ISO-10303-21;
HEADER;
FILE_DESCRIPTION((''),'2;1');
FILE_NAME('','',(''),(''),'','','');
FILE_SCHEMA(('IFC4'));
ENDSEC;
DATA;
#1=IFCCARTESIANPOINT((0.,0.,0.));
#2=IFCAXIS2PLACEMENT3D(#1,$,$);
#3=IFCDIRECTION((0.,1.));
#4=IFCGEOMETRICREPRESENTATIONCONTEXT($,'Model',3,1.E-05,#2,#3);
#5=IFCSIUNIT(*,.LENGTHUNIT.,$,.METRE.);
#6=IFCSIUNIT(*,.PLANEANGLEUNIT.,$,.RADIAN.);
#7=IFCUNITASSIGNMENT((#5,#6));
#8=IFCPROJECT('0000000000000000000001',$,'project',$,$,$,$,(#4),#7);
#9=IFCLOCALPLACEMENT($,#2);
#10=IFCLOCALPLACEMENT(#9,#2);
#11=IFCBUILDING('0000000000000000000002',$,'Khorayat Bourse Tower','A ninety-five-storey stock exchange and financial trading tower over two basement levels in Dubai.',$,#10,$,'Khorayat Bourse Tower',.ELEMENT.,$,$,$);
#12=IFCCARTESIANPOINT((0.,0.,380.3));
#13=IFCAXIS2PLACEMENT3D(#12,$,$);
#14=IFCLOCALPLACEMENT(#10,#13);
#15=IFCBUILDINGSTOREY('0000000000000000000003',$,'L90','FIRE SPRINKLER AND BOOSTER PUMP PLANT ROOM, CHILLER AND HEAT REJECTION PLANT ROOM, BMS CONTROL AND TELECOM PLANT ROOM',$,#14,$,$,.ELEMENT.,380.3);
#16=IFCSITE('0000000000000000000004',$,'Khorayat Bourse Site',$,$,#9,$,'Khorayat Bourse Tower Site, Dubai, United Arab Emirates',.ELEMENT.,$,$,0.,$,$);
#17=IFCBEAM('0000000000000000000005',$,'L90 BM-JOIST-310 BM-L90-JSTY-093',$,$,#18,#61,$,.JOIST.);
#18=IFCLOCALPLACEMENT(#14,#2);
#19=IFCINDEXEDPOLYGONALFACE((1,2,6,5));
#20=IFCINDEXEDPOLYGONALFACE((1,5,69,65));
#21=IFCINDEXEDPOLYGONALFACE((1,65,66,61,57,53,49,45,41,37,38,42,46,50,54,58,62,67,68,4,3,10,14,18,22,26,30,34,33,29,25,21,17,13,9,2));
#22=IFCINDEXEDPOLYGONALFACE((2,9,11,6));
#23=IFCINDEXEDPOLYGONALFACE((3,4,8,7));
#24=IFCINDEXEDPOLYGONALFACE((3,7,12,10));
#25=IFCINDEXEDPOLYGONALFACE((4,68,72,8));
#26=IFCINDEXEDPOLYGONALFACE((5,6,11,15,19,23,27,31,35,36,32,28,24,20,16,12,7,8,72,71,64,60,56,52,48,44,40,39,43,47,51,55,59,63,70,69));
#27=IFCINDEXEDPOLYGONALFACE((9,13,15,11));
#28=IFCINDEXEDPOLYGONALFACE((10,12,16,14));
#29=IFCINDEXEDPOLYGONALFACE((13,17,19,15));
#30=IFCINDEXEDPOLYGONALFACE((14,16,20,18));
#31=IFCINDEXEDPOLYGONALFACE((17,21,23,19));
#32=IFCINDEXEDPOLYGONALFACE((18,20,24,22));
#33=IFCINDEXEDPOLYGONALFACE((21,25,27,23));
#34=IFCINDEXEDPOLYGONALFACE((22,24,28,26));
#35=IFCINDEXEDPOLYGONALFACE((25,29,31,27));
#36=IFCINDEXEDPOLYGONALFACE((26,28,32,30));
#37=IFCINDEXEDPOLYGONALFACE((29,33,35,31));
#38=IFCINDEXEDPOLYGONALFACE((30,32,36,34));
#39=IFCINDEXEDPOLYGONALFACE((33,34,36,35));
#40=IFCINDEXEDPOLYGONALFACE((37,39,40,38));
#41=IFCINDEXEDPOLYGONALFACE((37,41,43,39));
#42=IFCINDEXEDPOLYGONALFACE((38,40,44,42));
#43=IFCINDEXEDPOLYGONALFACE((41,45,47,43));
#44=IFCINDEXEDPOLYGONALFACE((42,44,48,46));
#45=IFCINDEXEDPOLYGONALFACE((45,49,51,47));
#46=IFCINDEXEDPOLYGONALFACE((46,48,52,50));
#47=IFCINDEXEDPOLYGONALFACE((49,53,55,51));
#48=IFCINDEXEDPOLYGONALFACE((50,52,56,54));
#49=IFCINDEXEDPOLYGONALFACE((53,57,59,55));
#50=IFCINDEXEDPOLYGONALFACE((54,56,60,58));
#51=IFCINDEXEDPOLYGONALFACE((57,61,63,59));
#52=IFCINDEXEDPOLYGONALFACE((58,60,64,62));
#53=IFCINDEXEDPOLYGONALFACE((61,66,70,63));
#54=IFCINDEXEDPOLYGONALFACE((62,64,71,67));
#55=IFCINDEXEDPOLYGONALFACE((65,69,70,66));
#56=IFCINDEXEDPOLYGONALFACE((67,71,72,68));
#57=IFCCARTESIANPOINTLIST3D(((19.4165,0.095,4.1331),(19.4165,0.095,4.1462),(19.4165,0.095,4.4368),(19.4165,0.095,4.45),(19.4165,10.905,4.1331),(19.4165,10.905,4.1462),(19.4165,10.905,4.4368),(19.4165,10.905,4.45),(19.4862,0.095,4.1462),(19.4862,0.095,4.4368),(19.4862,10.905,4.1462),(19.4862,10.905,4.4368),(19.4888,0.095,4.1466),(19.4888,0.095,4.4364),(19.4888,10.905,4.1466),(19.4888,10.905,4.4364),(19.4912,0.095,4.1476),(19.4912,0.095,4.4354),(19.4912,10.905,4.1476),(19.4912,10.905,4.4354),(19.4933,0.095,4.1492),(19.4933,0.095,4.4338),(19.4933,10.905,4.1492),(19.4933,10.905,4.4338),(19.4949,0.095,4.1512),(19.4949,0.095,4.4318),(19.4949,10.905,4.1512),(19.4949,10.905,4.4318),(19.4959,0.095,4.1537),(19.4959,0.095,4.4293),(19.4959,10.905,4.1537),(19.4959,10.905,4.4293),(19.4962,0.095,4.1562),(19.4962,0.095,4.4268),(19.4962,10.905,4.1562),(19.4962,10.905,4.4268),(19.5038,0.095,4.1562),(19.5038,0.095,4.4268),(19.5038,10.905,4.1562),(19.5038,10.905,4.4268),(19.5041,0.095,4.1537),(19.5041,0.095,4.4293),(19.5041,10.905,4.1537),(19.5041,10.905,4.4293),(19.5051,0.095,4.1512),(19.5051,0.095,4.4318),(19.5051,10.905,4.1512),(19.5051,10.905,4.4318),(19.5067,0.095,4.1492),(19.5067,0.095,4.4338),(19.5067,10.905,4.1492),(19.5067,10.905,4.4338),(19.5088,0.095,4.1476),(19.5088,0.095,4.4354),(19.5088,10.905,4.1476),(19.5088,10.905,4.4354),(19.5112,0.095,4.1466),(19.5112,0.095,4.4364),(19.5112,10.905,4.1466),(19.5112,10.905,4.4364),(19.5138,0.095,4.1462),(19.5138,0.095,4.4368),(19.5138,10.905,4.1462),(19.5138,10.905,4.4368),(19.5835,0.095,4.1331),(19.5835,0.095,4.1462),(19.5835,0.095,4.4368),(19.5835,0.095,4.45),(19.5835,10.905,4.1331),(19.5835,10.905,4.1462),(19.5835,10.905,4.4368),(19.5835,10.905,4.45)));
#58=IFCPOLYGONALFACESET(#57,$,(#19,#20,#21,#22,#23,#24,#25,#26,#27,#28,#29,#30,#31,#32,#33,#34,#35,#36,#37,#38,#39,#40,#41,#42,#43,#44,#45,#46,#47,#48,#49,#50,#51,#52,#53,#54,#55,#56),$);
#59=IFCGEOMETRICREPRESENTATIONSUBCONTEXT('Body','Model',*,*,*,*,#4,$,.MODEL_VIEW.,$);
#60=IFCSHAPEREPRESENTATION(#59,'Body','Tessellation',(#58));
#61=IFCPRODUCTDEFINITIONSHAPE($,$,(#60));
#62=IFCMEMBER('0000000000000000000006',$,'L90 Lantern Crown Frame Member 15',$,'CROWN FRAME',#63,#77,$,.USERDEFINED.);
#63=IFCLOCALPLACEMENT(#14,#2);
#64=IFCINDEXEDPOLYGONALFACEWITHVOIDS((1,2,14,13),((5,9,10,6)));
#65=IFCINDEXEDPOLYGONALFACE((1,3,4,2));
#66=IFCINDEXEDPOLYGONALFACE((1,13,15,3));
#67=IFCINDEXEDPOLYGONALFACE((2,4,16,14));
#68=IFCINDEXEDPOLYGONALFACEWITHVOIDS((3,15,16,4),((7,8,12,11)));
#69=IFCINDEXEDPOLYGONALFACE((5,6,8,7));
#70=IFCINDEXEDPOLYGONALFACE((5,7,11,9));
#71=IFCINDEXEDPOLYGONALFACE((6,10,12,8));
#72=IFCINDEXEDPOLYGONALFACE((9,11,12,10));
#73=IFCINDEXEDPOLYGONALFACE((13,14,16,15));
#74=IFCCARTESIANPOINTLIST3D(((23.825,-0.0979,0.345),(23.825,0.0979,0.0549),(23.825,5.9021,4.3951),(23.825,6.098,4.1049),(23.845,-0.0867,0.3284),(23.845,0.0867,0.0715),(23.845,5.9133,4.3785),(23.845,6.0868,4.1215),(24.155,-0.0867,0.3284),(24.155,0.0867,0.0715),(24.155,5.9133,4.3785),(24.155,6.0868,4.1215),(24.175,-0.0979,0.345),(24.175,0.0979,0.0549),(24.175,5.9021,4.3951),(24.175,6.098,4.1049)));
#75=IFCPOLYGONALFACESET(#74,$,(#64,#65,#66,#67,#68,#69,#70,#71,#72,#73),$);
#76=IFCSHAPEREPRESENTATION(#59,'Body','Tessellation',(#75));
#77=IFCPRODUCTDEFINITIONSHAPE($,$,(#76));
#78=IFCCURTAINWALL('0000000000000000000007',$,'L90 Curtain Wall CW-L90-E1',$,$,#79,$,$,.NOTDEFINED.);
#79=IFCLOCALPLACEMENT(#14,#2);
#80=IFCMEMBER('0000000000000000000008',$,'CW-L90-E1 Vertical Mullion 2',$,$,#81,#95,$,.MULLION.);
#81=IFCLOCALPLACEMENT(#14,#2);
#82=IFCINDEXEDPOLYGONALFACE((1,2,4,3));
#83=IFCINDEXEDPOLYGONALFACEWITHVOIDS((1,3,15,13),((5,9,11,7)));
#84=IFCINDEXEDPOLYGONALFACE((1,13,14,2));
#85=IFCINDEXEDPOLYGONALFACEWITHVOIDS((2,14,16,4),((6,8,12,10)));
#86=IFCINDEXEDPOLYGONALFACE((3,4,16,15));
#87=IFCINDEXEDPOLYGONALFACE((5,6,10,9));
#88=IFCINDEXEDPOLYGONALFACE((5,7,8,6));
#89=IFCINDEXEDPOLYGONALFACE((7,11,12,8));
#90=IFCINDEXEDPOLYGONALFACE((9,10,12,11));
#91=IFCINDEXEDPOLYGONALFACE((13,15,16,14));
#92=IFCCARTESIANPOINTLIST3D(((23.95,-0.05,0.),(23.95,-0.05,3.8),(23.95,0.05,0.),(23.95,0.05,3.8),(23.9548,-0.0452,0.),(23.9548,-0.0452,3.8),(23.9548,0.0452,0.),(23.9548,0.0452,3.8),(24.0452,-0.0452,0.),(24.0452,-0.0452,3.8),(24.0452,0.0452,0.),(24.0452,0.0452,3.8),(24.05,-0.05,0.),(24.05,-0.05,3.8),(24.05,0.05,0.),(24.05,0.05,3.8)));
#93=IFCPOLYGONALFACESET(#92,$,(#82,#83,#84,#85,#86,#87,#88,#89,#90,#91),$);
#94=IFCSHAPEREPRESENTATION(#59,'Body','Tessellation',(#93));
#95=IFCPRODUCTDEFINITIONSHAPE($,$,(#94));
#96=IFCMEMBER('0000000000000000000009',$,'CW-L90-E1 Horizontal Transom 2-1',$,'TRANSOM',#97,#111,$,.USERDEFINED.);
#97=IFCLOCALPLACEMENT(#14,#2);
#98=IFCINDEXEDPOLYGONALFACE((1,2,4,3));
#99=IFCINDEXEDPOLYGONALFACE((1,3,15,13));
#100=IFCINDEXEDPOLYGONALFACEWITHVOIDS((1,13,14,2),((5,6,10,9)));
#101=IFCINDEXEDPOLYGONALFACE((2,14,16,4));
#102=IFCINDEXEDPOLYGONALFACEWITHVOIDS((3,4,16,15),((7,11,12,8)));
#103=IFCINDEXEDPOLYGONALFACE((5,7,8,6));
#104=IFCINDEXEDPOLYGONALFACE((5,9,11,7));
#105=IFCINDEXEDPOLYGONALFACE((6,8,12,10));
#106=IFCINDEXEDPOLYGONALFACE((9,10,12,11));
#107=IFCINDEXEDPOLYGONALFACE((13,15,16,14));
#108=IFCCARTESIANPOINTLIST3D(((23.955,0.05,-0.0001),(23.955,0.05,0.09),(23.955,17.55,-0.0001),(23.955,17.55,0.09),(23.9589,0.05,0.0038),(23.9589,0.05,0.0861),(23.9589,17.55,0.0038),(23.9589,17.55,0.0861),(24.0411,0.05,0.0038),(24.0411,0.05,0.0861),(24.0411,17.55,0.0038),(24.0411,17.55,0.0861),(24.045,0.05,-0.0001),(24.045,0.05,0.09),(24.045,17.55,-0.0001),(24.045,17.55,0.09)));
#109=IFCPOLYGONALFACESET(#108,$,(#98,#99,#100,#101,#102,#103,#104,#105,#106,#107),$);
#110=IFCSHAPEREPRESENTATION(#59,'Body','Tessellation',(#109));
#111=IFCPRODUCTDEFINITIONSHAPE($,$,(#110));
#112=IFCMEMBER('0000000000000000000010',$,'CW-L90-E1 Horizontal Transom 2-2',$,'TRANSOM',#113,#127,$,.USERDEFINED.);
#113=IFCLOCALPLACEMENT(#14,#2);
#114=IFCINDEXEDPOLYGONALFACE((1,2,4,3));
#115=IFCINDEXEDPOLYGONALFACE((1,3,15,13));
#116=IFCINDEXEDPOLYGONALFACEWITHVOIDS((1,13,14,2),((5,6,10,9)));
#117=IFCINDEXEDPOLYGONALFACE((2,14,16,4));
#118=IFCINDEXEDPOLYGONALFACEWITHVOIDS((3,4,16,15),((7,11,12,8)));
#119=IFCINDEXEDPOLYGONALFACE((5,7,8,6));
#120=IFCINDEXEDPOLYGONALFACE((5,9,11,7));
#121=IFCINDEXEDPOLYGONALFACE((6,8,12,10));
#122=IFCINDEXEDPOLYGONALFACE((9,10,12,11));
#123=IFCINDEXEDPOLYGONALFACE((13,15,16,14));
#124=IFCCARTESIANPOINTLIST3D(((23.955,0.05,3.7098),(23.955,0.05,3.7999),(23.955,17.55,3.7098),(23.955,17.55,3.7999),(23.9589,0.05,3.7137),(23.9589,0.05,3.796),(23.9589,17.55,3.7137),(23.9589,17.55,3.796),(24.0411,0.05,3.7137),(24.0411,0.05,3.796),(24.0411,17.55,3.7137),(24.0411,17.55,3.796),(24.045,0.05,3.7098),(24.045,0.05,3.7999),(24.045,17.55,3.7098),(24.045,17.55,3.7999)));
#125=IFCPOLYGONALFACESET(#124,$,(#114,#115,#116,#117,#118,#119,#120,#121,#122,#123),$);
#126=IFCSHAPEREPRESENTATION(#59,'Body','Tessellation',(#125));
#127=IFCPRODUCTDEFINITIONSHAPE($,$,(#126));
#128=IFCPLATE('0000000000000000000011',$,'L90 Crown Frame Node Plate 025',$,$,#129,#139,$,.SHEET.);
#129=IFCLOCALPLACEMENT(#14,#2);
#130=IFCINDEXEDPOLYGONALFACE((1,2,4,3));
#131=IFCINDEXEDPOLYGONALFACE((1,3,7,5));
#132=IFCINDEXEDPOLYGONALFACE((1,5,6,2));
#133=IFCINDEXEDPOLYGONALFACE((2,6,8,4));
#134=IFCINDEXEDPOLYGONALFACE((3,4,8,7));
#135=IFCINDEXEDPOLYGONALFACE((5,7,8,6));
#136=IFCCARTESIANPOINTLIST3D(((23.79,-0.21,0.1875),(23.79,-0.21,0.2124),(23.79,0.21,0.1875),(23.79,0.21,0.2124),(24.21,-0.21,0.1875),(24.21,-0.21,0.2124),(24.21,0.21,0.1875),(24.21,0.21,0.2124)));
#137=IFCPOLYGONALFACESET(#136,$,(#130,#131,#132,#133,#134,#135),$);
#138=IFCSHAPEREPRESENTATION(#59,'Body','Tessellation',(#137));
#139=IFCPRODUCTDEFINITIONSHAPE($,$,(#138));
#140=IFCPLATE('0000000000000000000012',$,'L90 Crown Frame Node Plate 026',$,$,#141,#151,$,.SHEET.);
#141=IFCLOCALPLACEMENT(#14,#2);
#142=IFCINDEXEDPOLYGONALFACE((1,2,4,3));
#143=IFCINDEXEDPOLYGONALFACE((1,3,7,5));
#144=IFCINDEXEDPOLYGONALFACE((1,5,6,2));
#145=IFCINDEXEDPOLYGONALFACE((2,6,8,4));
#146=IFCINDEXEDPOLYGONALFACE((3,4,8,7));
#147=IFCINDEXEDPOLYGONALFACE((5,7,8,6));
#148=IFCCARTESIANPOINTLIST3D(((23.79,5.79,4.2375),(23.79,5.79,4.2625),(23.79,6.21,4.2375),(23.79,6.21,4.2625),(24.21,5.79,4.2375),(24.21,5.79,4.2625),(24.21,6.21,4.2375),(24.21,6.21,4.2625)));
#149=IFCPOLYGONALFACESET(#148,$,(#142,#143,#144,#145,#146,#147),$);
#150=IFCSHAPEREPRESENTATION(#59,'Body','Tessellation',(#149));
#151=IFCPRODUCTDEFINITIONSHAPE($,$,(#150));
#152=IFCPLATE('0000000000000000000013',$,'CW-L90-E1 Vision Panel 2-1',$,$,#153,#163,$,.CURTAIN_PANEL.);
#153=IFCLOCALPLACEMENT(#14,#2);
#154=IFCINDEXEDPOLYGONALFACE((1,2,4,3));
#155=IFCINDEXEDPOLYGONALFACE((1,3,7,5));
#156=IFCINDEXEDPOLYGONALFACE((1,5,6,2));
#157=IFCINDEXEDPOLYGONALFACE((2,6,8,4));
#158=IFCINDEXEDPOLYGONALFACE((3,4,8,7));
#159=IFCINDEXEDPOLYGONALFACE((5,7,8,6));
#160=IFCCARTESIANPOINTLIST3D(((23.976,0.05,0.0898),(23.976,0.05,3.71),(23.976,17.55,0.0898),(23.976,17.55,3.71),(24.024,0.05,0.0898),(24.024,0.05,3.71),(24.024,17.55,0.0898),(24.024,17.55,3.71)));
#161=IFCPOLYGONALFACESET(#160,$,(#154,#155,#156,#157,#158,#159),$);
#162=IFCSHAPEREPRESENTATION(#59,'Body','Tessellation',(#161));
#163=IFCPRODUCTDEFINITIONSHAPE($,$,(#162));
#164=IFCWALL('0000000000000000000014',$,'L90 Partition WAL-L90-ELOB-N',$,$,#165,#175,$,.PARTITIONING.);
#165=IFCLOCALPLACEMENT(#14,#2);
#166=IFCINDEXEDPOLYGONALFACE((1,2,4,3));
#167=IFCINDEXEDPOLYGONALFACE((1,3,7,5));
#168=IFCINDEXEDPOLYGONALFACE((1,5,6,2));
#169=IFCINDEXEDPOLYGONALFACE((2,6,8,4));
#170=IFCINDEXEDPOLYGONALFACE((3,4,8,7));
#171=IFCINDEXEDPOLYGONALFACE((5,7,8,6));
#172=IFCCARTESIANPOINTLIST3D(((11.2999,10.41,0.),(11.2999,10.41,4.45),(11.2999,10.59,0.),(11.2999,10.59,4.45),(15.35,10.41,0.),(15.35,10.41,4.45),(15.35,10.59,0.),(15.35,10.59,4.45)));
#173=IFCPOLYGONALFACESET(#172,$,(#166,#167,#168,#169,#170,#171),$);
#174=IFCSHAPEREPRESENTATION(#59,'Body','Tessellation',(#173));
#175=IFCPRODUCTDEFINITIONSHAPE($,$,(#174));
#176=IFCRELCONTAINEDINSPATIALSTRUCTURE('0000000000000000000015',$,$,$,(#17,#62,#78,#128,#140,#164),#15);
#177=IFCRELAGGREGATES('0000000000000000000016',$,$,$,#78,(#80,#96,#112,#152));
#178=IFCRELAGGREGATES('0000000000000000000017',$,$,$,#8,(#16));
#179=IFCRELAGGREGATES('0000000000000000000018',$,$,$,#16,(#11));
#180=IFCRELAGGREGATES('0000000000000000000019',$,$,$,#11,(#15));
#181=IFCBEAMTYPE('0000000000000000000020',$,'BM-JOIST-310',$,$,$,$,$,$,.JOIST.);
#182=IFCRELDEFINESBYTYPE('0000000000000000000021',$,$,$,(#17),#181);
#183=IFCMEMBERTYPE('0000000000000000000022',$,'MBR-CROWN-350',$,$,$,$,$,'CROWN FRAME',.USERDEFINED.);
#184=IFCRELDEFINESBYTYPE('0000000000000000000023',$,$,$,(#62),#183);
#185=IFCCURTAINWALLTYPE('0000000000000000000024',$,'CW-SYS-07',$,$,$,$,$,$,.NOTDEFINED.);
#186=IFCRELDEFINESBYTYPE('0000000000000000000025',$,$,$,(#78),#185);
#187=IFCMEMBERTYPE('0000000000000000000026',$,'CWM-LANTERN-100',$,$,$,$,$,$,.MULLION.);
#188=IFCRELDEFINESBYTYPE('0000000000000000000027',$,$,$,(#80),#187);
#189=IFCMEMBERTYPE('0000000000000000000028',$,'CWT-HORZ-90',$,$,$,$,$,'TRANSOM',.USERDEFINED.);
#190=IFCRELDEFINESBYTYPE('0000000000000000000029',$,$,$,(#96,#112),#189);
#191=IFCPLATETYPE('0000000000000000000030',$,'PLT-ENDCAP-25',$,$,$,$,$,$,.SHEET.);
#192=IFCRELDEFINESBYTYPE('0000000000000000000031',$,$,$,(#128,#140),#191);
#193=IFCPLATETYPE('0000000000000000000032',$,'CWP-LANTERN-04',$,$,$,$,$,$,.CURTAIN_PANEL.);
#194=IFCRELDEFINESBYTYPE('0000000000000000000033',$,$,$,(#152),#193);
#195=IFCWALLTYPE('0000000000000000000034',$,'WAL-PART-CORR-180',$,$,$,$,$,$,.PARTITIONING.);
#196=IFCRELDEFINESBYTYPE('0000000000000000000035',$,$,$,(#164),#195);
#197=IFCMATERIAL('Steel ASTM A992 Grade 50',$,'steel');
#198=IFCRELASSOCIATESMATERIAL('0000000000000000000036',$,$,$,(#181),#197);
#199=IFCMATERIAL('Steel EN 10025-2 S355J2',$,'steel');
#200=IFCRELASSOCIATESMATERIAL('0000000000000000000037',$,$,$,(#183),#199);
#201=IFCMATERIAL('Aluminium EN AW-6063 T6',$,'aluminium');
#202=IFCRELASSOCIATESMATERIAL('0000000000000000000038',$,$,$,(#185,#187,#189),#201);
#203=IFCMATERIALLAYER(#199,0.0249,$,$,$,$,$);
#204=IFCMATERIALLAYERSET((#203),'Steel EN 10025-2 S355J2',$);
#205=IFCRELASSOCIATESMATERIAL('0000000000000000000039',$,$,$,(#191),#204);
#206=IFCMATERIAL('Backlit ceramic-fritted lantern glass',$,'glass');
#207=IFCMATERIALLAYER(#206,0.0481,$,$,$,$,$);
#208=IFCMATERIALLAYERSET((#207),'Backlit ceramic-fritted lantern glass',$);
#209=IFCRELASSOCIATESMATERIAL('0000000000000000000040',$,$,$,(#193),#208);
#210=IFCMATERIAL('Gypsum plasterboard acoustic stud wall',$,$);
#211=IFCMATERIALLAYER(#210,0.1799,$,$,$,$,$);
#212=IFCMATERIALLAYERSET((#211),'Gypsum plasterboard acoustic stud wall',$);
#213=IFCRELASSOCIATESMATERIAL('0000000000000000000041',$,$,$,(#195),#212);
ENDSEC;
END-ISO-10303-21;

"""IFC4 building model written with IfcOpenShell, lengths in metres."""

from ifc_helpers import new_model, si_unit, direction, frame, frame_2d, origin, origin_2d, place, context, subcontext, project, spatial, rectangle, hollow_rectangle, i_section, extrude, source, transform, mapped, material, layer, layer_set, material_profile, profile_set, type_object, element, aggregate, save


model = new_model("IFC4")

# Units and contexts
model_context = context("Model", 3, precision=1e-05, world=origin(), true_north=direction((0.0, 1.0)))
body_context = subcontext(model_context, "Body", "Model", "MODEL_VIEW")
ifc_project = project(units=[si_unit("LENGTHUNIT", "METRE"), si_unit("PLANEANGLEUNIT", "RADIAN")], contexts=[model_context])

# Site, building, storey
site_placement = place(None, origin())
site = spatial("IfcSite", under=ifc_project, at=site_placement, Name="Khorayat Bourse Site", LongName="Khorayat Bourse Tower Site, Dubai, United Arab Emirates", CompositionType="ELEMENT", RefElevation=0.0)
building_placement = place(site_placement, origin())
building = spatial("IfcBuilding", under=site, at=building_placement, Name="Khorayat Bourse Tower", Description="A ninety-five-storey stock exchange and financial trading tower over two basement levels in Dubai.", LongName="Khorayat Bourse Tower", CompositionType="ELEMENT")
storey_placement = place(building_placement, frame((0.0, 0.0, 380.3)))
storey = spatial("IfcBuildingStorey", under=building, at=storey_placement, Name="L90", Description="FIRE SPRINKLER AND BOOSTER PUMP PLANT ROOM, CHILLER AND HEAT REJECTION PLANT ROOM, BMS CONTROL AND TELECOM PLANT ROOM", CompositionType="ELEMENT", Elevation=380.3)

# Shared definitions
ifc_material_1 = material(Name="Steel EN 10025-2 S355J2", Category="steel")

# Beam
ifc_material_2 = material(Name="Steel ASTM A992 Grade 50", Category="steel")
ifc_material_profile_1 = material_profile(ifc_material_2, i_section(OverallWidth=0.167, OverallDepth=0.3169, WebThickness=0.0076, FlangeThickness=0.0132, FilletRadius=0.01, at=origin_2d()), Name="W310X52")
ifc_profile_set_1 = profile_set([ifc_material_profile_1], Name="Steel ASTM A992 Grade 50")
beam_type_1 = type_object("IfcBeamType", Name="BM-JOIST-310", PredefinedType="JOIST", material=ifc_profile_set_1)
shared_shape_1 = source(origin(), body_context, "Body", "SweptSolid", [
    extrude(i_section(OverallWidth=0.167, OverallDepth=0.3169, WebThickness=0.0076, FlangeThickness=0.0132, FilletRadius=0.01, at=origin_2d()), origin(), (0.0, 0.0, 1.0), 10.8101),
])
beam_1_placement = place(storey_placement, frame((19.5, 0.095, 4.2915), z_axis=(0.0, 1.0, 0.0), x_axis=(-1.0, 0.0, 0.0)))
element("IfcBeam", 1, at=beam_1_placement, inside=storey, type_object=beam_type_1, Name="L90 BM-JOIST-310 BM-L90-JSTY-093", PredefinedType="JOIST", context=body_context, shape_type="MappedRepresentation", body=[
    mapped(shared_shape_1, transform((0.0, 0.0, 0.0), scale=1.0)),
])

# Member
ifc_material_profile_2 = material_profile(ifc_material_1, hollow_rectangle(XDim=0.3501, YDim=0.3501, WallThickness=0.02, at=origin_2d()), Name="HSS 350x350x20")
ifc_profile_set_2 = profile_set([ifc_material_profile_2], Name="Steel EN 10025-2 S355J2")
member_type_1 = type_object("IfcMemberType", Name="MBR-CROWN-350", ElementType="CROWN FRAME", PredefinedType="USERDEFINED", material=ifc_profile_set_2)
shared_shape_2 = source(origin(), body_context, "Body", "SweptSolid", [
    extrude(hollow_rectangle(XDim=0.3501, YDim=0.3501, WallThickness=0.02, at=origin_2d()), origin(), (0.0, 0.0, 1.0), 7.239),
])
member_1_placement = place(storey_placement, frame((24.0, 0.0, 0.2), z_axis=(0.0, 0.828846, 0.559477), x_axis=(-1.0, 0.0, 0.0)))
element("IfcMember", 2, at=member_1_placement, inside=storey, type_object=member_type_1, Name="L90 Lantern Crown Frame Member 15", ObjectType="CROWN FRAME", PredefinedType="USERDEFINED", context=body_context, shape_type="MappedRepresentation", body=[
    mapped(shared_shape_2, transform((0.0, 0.0, 0.0), scale=1.0)),
])

# Curtain wall, members
ifc_material_3 = material(Name="Aluminium EN AW-6063 T6", Category="aluminium")
curtain_wall_type = type_object("IfcCurtainWallType", Name="CW-SYS-07", PredefinedType="NOTDEFINED", material=ifc_material_3)
curtain_wall_placement = place(storey_placement, origin())
curtain_wall = element("IfcCurtainWall", 3, at=curtain_wall_placement, inside=storey, type_object=curtain_wall_type, Name="L90 Curtain Wall CW-L90-E1", PredefinedType="NOTDEFINED")
ifc_material_profile_3 = material_profile(ifc_material_3, hollow_rectangle(XDim=0.1001, YDim=0.1001, WallThickness=0.0049, at=origin_2d()), Name="ALU 100x100x5")
ifc_profile_set_3 = profile_set([ifc_material_profile_3], Name="Aluminium EN AW-6063 T6")
member_type_2 = type_object("IfcMemberType", Name="CWM-LANTERN-100", PredefinedType="MULLION", material=ifc_profile_set_3)
shared_shape_3 = source(origin(), body_context, "Body", "SweptSolid", [
    extrude(hollow_rectangle(XDim=0.1001, YDim=0.1001, WallThickness=0.0049, at=origin_2d()), origin(), (0.0, 0.0, 1.0), 3.8),
])
member_2_placement = place(storey_placement, frame((24.0, 0.0, 0.0), z_axis=(0.0, 0.0, 1.0), x_axis=(-1.0, 0.0, 0.0)))
member_2 = element("IfcMember", 4, at=member_2_placement, type_object=member_type_2, Name="CW-L90-E1 Vertical Mullion 2", PredefinedType="MULLION", context=body_context, shape_type="MappedRepresentation", body=[
    mapped(shared_shape_3, transform((0.0, 0.0, 0.0), scale=1.0)),
])
ifc_material_profile_4 = material_profile(ifc_material_3, hollow_rectangle(XDim=0.0901, YDim=0.0901, WallThickness=0.0039, at=origin_2d()), Name="ALU 90x90x4")
ifc_profile_set_4 = profile_set([ifc_material_profile_4], Name="Aluminium EN AW-6063 T6")
member_type_3 = type_object("IfcMemberType", Name="CWT-HORZ-90", ElementType="TRANSOM", PredefinedType="USERDEFINED", material=ifc_profile_set_4)
shared_shape_4 = source(origin(), body_context, "Body", "SweptSolid", [
    extrude(hollow_rectangle(XDim=0.0901, YDim=0.0901, WallThickness=0.0039, at=origin_2d()), origin(), (0.0, 0.0, 1.0), 17.5),
])
member_3_placement = place(storey_placement, frame((24.0, 0.05, 0.0449), z_axis=(0.0, 1.0, 0.0), x_axis=(-1.0, 0.0, 0.0)))
member_3 = element("IfcMember", 5, at=member_3_placement, type_object=member_type_3, Name="CW-L90-E1 Horizontal Transom 2-1", ObjectType="TRANSOM", PredefinedType="USERDEFINED", context=body_context, shape_type="MappedRepresentation", body=[
    mapped(shared_shape_4, transform((0.0, 0.0, 0.0), scale=1.0)),
])
member_4_placement = place(storey_placement, frame((24.0, 0.05, 3.7549), z_axis=(0.0, 1.0, 0.0), x_axis=(-1.0, 0.0, 0.0)))
member_4 = element("IfcMember", 6, at=member_4_placement, type_object=member_type_3, Name="CW-L90-E1 Horizontal Transom 2-2", ObjectType="TRANSOM", PredefinedType="USERDEFINED", context=body_context, shape_type="MappedRepresentation", body=[
    mapped(shared_shape_4, transform((0.0, 0.0, 0.0), scale=1.0)),
])

# Plates
ifc_layer_1 = layer(ifc_material_1, 0.0249)
ifc_layer_set_1 = layer_set([ifc_layer_1], Name="Steel EN 10025-2 S355J2")
plate_type_1 = type_object("IfcPlateType", Name="PLT-ENDCAP-25", PredefinedType="SHEET", material=ifc_layer_set_1)
shared_shape_5 = source(origin(), body_context, "Body", "SweptSolid", [
    extrude(rectangle(XDim=0.4199, YDim=0.4199, at=origin_2d()), origin(), (0.0, 0.0, 1.0), 0.0249),
])
for number, where, z_axis, x_axis, name in (
    (7, (24.0, 0.0, 0.1875), (0.0, 0.0, 1.0), (1.0, 0.0, 0.0), "L90 Crown Frame Node Plate 025"),
    (8, (24.0, 6.0, 4.2375), (0.0, 0.0, 1.0), (1.0, 0.0, 0.0), "L90 Crown Frame Node Plate 026"),
):
    element("IfcPlate", number, at=place(storey_placement, frame(where, z_axis=z_axis, x_axis=x_axis)), inside=storey, type_object=plate_type_1, Name=name, PredefinedType="SHEET", context=body_context, shape_type="MappedRepresentation", body=[
        mapped(shared_shape_5, transform((0.0, 0.0, 0.0), scale=1.0)),
    ])

# Plate
ifc_material_4 = material(Name="Backlit ceramic-fritted lantern glass", Category="glass")
ifc_layer_2 = layer(ifc_material_4, 0.0481)
ifc_layer_set_2 = layer_set([ifc_layer_2], Name="Backlit ceramic-fritted lantern glass")
plate_type_2 = type_object("IfcPlateType", Name="CWP-LANTERN-04", PredefinedType="CURTAIN_PANEL", material=ifc_layer_set_2)
shared_shape_6 = source(origin(), body_context, "Body", "SweptSolid", [
    extrude(rectangle(XDim=17.5, YDim=0.0481, at=origin_2d()), origin(), (0.0, 0.0, 1.0), 3.6201),
])
plate_placement = place(storey_placement, frame((24.0, 8.8, 0.0898), z_axis=(0.0, 0.0, 1.0), x_axis=(0.0, 1.0, 0.0)))
plate = element("IfcPlate", 9, at=plate_placement, type_object=plate_type_2, Name="CW-L90-E1 Vision Panel 2-1", PredefinedType="CURTAIN_PANEL", context=body_context, shape_type="MappedRepresentation", body=[
    mapped(shared_shape_6, transform((0.0, 0.0, 0.0), scale=1.0)),
])
aggregate(curtain_wall, [member_2, member_3, member_4, plate])

# Wall
ifc_material_5 = material(Name="Gypsum plasterboard acoustic stud wall")
ifc_layer_3 = layer(ifc_material_5, 0.1799)
ifc_layer_set_3 = layer_set([ifc_layer_3], Name="Gypsum plasterboard acoustic stud wall")
wall_type_1 = type_object("IfcWallType", Name="WAL-PART-CORR-180", PredefinedType="PARTITIONING", material=ifc_layer_set_3)
shared_shape_7 = source(origin(), body_context, "Body", "SweptSolid", [
    extrude(rectangle(XDim=4.05, YDim=0.1799, at=frame_2d((2.0249, 0.0))), origin(), (0.0, 0.0, 1.0), 4.45),
])
wall_1_placement = place(storey_placement, frame((11.3, 10.5, 0.0), z_axis=(0.0, 0.0, 1.0), x_axis=(1.0, 0.0, 0.0)))
element("IfcWall", 10, at=wall_1_placement, inside=storey, type_object=wall_type_1, Name="L90 Partition WAL-L90-ELOB-N", PredefinedType="PARTITIONING", context=body_context, shape_type="MappedRepresentation", body=[
    mapped(shared_shape_7, transform((0.0, 0.0, 0.0), scale=1.0)),
])

save(model, "model.ifc")
